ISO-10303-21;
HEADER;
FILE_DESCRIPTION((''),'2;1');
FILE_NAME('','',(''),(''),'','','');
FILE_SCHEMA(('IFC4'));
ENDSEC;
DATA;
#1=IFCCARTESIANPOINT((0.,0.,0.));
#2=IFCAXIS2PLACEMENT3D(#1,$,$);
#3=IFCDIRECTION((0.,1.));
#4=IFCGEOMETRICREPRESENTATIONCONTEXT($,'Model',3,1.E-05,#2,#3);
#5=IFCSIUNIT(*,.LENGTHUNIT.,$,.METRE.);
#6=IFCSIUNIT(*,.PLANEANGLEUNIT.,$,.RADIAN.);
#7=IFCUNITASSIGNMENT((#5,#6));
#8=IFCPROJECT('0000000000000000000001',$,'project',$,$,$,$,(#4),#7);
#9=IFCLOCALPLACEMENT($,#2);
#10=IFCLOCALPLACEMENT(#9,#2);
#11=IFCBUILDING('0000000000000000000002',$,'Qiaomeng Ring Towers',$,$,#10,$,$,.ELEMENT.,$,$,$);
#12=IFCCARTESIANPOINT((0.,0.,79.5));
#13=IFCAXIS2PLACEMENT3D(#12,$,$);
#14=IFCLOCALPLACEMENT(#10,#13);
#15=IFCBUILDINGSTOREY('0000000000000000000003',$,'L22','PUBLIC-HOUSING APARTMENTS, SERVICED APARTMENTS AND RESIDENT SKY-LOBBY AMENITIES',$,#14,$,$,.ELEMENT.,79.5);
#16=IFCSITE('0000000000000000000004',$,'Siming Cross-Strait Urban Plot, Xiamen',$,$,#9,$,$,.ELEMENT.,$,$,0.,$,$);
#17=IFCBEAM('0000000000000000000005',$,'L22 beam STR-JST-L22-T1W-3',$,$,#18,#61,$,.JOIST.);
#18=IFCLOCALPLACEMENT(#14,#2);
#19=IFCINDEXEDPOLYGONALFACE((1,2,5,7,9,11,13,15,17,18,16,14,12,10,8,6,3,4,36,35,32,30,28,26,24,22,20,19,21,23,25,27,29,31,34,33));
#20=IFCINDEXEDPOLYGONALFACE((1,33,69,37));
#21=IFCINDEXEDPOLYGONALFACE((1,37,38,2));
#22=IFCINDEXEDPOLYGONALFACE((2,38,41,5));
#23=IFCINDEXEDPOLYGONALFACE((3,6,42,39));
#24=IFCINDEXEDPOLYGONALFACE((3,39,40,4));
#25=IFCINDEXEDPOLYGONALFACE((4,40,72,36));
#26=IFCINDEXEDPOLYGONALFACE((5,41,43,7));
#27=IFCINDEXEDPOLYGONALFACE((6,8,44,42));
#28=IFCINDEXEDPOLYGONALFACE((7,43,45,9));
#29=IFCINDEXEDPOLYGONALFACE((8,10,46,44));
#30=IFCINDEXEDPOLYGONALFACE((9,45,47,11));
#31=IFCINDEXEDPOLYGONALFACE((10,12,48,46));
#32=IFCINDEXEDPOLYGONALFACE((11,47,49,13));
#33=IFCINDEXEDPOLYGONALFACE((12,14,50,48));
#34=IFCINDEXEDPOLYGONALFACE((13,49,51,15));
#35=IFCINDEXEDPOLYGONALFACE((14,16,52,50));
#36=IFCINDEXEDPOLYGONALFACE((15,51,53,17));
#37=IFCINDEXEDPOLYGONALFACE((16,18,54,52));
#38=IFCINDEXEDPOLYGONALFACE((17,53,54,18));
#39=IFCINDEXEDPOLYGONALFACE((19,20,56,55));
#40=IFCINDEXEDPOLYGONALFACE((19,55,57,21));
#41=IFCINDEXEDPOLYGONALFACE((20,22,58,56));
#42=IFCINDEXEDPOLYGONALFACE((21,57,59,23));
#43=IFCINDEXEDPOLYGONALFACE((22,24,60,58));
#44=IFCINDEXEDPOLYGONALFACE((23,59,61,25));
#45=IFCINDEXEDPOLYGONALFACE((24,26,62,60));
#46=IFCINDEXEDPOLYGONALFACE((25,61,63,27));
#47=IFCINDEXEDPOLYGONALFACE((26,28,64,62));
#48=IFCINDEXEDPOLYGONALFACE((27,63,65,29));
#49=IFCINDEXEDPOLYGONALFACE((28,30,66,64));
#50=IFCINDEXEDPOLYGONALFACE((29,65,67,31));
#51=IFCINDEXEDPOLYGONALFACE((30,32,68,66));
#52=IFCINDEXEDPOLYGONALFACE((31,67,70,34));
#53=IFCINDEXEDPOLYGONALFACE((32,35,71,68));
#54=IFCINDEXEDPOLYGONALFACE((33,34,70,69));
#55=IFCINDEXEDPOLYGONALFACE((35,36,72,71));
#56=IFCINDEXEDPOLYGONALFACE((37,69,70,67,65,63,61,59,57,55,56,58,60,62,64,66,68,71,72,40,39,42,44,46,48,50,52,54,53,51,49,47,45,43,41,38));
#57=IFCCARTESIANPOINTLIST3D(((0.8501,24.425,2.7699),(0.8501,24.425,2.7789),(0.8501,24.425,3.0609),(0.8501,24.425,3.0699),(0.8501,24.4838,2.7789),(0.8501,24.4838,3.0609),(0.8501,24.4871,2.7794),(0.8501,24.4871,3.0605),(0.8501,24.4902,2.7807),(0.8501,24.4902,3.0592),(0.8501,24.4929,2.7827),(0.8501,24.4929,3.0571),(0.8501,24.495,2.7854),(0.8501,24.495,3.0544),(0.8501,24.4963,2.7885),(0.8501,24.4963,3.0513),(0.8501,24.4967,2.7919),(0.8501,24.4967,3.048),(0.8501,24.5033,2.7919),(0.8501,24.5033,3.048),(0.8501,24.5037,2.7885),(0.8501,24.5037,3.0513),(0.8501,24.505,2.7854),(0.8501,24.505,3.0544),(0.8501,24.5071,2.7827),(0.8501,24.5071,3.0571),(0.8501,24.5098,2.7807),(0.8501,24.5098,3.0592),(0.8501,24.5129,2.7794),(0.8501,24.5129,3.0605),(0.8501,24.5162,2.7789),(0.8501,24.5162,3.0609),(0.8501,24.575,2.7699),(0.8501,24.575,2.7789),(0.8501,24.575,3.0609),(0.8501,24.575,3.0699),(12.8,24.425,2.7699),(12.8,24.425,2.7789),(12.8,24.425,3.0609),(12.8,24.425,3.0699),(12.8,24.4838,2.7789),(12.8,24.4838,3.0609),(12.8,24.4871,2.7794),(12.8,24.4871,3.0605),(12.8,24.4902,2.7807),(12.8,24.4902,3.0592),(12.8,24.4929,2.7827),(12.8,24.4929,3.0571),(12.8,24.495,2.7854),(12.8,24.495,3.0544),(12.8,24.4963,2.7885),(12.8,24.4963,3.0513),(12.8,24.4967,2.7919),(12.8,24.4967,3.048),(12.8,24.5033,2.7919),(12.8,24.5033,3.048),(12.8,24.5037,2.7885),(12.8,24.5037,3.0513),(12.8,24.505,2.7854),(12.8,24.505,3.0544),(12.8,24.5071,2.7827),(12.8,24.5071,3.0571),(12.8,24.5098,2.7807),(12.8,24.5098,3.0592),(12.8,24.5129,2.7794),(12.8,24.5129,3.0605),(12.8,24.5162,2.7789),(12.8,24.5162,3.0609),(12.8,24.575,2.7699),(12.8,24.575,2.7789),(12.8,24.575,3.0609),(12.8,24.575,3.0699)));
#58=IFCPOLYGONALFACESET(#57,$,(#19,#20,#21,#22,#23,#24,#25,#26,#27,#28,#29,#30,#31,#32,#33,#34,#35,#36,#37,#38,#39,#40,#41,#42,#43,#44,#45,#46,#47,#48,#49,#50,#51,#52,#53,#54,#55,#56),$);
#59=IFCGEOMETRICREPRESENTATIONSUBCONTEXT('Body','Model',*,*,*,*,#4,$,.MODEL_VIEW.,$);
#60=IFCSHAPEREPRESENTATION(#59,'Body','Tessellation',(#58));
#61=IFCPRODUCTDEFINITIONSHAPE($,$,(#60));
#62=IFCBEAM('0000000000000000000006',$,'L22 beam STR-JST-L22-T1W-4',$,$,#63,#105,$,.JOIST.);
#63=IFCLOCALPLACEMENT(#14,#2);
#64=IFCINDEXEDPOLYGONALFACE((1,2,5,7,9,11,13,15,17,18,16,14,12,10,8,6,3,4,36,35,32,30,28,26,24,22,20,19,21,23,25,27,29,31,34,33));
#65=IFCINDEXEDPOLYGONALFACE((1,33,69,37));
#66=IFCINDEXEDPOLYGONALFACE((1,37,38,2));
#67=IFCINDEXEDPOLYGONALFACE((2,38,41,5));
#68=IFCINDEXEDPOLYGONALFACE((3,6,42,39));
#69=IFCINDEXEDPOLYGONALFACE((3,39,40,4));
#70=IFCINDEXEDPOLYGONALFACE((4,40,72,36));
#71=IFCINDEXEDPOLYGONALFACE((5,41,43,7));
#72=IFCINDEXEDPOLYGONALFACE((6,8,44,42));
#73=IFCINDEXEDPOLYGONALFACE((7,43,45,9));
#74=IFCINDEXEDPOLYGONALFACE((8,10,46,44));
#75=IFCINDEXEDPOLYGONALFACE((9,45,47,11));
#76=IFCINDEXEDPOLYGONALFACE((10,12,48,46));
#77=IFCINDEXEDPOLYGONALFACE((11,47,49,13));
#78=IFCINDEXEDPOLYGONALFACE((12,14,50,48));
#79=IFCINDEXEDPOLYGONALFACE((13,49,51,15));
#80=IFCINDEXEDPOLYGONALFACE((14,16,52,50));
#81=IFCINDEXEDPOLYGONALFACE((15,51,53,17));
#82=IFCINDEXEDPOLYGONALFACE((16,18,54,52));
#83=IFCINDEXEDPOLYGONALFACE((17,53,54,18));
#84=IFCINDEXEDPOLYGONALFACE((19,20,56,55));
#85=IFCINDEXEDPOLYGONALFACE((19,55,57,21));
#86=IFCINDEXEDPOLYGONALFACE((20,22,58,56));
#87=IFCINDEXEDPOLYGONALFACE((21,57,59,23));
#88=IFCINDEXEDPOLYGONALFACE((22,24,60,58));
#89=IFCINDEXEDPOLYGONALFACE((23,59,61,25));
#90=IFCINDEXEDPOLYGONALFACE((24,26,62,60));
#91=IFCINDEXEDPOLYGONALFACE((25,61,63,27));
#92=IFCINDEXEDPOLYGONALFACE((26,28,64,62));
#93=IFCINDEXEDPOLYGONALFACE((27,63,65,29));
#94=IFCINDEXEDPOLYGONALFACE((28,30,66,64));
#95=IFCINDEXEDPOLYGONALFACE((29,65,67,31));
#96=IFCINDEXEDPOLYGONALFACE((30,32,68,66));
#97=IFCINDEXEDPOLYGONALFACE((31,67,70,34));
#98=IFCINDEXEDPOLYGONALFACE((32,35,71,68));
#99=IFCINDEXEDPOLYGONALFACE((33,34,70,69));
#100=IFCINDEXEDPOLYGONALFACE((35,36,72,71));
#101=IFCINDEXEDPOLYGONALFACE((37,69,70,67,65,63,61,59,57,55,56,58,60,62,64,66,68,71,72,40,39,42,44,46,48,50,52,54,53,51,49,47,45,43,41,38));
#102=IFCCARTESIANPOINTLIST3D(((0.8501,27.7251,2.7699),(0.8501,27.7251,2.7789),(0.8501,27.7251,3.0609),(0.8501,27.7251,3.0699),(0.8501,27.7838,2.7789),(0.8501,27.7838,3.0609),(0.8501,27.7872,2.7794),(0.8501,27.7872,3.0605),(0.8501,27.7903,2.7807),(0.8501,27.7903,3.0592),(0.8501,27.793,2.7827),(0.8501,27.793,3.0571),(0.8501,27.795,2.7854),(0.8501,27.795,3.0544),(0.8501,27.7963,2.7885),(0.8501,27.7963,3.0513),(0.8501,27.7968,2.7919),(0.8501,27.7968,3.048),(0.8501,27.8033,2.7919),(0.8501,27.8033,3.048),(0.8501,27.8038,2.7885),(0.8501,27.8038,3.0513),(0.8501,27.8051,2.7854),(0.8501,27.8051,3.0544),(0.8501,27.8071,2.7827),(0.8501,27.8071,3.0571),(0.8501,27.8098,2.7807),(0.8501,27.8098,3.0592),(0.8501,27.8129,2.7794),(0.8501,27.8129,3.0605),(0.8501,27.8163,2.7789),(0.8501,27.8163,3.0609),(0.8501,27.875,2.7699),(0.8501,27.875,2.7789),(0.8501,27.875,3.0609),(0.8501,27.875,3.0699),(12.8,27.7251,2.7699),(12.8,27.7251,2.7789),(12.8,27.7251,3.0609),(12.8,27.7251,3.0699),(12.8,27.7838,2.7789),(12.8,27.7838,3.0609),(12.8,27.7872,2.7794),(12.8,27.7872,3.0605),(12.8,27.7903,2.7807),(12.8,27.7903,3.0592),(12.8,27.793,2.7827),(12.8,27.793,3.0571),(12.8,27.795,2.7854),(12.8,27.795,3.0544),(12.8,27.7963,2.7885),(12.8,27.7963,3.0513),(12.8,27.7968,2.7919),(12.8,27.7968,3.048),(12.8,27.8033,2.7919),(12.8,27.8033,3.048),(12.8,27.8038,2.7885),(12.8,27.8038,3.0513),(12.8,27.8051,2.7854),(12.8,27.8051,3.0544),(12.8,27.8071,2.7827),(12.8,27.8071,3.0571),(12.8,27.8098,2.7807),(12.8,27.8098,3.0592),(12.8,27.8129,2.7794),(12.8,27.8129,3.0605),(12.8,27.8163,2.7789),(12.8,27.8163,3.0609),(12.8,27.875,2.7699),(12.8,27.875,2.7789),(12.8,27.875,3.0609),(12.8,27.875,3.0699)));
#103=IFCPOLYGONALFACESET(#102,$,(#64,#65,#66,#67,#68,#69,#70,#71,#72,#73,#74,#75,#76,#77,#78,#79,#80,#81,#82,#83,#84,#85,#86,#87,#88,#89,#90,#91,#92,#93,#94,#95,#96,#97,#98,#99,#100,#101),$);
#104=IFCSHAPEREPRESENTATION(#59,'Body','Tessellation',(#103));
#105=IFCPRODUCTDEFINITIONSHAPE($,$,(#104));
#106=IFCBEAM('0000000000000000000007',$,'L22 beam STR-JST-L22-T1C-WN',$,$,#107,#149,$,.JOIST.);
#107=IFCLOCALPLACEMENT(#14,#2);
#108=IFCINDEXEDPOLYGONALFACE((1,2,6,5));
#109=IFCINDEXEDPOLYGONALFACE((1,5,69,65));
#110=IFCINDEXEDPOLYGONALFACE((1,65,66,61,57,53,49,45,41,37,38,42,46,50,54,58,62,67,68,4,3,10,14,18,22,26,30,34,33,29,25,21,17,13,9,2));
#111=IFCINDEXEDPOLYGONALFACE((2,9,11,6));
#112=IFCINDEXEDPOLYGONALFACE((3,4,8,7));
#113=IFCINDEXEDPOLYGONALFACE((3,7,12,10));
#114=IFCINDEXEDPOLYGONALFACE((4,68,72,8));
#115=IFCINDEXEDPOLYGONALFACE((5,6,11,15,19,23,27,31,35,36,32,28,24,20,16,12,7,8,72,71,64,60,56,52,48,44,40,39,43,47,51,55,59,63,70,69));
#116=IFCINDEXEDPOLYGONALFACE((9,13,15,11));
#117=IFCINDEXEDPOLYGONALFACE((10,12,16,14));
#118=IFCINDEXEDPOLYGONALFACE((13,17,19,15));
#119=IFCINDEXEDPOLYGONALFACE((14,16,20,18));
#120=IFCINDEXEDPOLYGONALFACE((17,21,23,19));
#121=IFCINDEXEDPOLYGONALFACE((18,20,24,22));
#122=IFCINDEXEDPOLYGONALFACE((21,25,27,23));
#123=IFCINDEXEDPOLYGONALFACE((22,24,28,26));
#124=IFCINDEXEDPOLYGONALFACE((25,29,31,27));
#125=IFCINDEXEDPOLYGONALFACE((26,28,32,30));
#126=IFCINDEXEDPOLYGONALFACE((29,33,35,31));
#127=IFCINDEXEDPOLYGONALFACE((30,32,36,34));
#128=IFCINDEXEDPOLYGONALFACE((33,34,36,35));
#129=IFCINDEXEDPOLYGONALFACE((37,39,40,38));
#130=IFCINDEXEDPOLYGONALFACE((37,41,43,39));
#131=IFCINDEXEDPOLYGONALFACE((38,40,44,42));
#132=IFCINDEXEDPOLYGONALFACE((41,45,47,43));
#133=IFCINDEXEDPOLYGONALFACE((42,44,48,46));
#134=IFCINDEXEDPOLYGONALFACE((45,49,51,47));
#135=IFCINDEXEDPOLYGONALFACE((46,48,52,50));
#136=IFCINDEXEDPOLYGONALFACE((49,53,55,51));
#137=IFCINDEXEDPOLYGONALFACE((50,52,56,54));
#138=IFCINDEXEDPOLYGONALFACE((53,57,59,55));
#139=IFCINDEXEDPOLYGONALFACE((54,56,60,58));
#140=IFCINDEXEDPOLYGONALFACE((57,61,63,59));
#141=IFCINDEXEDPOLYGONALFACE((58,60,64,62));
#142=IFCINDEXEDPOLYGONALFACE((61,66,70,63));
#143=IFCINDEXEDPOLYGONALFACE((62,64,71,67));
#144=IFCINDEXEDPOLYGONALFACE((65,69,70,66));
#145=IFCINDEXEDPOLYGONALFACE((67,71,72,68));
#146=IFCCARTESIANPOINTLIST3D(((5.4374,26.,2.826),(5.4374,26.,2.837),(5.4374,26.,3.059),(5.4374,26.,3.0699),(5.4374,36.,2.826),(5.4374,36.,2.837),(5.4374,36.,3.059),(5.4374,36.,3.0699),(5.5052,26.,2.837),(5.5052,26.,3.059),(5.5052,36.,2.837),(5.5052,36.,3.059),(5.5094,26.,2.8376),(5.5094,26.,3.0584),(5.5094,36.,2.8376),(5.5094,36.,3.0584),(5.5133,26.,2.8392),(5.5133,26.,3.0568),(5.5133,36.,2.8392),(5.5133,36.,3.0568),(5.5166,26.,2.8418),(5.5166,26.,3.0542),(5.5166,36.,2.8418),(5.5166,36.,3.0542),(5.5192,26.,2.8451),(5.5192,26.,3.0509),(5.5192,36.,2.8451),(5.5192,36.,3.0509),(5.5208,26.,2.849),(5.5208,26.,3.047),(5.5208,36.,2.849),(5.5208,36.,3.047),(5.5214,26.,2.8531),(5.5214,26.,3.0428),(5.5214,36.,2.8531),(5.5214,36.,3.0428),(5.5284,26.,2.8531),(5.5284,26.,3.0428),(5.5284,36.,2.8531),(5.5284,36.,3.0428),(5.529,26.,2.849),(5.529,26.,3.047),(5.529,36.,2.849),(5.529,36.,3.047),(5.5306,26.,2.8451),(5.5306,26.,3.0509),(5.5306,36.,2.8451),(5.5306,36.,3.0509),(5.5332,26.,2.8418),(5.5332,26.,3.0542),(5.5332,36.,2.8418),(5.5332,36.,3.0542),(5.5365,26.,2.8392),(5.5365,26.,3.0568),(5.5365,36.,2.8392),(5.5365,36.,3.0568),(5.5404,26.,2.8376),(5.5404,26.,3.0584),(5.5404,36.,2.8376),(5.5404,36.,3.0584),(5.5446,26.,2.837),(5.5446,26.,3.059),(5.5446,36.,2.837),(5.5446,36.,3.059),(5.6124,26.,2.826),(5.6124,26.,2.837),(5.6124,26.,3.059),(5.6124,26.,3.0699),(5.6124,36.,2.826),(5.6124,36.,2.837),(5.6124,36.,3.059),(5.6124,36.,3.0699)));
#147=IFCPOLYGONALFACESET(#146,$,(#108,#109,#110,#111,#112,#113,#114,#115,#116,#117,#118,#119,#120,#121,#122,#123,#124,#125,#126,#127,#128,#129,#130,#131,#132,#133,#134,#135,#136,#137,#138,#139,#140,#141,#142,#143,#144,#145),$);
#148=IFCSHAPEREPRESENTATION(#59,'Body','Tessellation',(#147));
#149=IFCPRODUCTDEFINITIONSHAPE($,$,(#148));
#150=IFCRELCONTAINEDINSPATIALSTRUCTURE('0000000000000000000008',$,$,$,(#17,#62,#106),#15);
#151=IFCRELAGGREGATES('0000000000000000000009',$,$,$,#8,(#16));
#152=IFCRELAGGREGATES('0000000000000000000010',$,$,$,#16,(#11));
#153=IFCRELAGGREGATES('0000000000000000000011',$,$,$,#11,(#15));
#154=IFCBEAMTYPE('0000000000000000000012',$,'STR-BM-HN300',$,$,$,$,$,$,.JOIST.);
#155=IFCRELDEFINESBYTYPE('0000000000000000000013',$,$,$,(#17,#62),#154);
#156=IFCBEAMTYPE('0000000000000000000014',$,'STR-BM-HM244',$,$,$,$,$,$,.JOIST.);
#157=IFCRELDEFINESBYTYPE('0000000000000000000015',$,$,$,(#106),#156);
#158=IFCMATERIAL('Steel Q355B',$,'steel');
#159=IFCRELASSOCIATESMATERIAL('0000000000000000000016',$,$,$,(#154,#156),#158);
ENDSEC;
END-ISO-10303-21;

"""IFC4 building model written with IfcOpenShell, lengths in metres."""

from ifc_helpers import new_model, si_unit, direction, frame, origin, origin_2d, place, context, subcontext, project, spatial, i_section, extrude, source, transform, mapped, material, material_profile, profile_set, type_object, element, save


model = new_model("IFC4")

# Units and contexts
model_context = context("Model", 3, precision=1e-05, world=origin(), true_north=direction((0.0, 1.0)))
body_context = subcontext(model_context, "Body", "Model", "MODEL_VIEW")
ifc_project = project(units=[si_unit("LENGTHUNIT", "METRE"), si_unit("PLANEANGLEUNIT", "RADIAN")], contexts=[model_context])

# Site, building, storey
site_placement = place(None, origin())
site = spatial("IfcSite", under=ifc_project, at=site_placement, Name="Siming Cross-Strait Urban Plot, Xiamen", CompositionType="ELEMENT", RefElevation=0.0)
building_placement = place(site_placement, origin())
building = spatial("IfcBuilding", under=site, at=building_placement, Name="Qiaomeng Ring Towers", CompositionType="ELEMENT")
storey_placement = place(building_placement, frame((0.0, 0.0, 79.5)))
storey = spatial("IfcBuildingStorey", under=building, at=storey_placement, Name="L22", Description="PUBLIC-HOUSING APARTMENTS, SERVICED APARTMENTS AND RESIDENT SKY-LOBBY AMENITIES", CompositionType="ELEMENT", Elevation=79.5)

# Beams
ifc_material_1 = material(Name="Steel Q355B", Category="steel")
ifc_material_profile_1 = material_profile(ifc_material_1, i_section(OverallWidth=0.1499, OverallDepth=0.3, WebThickness=0.0066, FlangeThickness=0.009, FilletRadius=0.0129, at=origin_2d()), Name="HN 300x150x6.5x9")
ifc_profile_set_1 = profile_set([ifc_material_profile_1], Name="Steel Q355B")
beam_type_1 = type_object("IfcBeamType", Name="STR-BM-HN300", PredefinedType="JOIST", material=ifc_profile_set_1)
shared_shape_1 = source(origin(), body_context, "Body", "SweptSolid", [
    extrude(i_section(OverallWidth=0.1499, OverallDepth=0.3, WebThickness=0.0066, FlangeThickness=0.009, FilletRadius=0.0129, at=origin_2d()), origin(), (0.0, 0.0, 1.0), 11.95),
])
for number, where, z_axis, x_axis, name in (
    (1, (0.8501, 24.5, 2.9199), (1.0, 0.0, 0.0), (0.0, 1.0, 0.0), "L22 beam STR-JST-L22-T1W-3"),
    (2, (0.8501, 27.8, 2.9199), (1.0, 0.0, 0.0), (0.0, 1.0, 0.0), "L22 beam STR-JST-L22-T1W-4"),
):
    element("IfcBeam", number, at=place(storey_placement, frame(where, z_axis=z_axis, x_axis=x_axis)), inside=storey, type_object=beam_type_1, Name=name, PredefinedType="JOIST", context=body_context, shape_type="MappedRepresentation", body=[
        mapped(shared_shape_1, transform((0.0, 0.0, 0.0), x_axis=(1.0, 0.0, 0.0), y_axis=(0.0, 1.0, 0.0), z_axis=(0.0, 0.0, 1.0), scale=1.0)),
    ])
ifc_material_profile_2 = material_profile(ifc_material_1, i_section(OverallWidth=0.175, OverallDepth=0.2439, WebThickness=0.0071, FlangeThickness=0.011, FilletRadius=0.0161, at=origin_2d()), Name="HM 244x175x7x11")
ifc_profile_set_2 = profile_set([ifc_material_profile_2], Name="Steel Q355B")
beam_type_2 = type_object("IfcBeamType", Name="STR-BM-HM244", PredefinedType="JOIST", material=ifc_profile_set_2)
shared_shape_2 = source(origin(), body_context, "Body", "SweptSolid", [
    extrude(i_section(OverallWidth=0.175, OverallDepth=0.2439, WebThickness=0.0071, FlangeThickness=0.011, FilletRadius=0.0161, at=origin_2d()), origin(), (0.0, 0.0, 1.0), 10.0),
])
beam_1_placement = place(storey_placement, frame((5.5249, 26.0, 2.948), z_axis=(0.0, 1.0, 0.0), x_axis=(-1.0, 0.0, 0.0)))
element("IfcBeam", 3, at=beam_1_placement, inside=storey, type_object=beam_type_2, Name="L22 beam STR-JST-L22-T1C-WN", PredefinedType="JOIST", context=body_context, shape_type="MappedRepresentation", body=[
    mapped(shared_shape_2, transform((0.0, 0.0, 0.0), x_axis=(1.0, 0.0, 0.0), y_axis=(0.0, 1.0, 0.0), z_axis=(0.0, 0.0, 1.0), scale=1.0)),
])

save(model, "model.ifc")
